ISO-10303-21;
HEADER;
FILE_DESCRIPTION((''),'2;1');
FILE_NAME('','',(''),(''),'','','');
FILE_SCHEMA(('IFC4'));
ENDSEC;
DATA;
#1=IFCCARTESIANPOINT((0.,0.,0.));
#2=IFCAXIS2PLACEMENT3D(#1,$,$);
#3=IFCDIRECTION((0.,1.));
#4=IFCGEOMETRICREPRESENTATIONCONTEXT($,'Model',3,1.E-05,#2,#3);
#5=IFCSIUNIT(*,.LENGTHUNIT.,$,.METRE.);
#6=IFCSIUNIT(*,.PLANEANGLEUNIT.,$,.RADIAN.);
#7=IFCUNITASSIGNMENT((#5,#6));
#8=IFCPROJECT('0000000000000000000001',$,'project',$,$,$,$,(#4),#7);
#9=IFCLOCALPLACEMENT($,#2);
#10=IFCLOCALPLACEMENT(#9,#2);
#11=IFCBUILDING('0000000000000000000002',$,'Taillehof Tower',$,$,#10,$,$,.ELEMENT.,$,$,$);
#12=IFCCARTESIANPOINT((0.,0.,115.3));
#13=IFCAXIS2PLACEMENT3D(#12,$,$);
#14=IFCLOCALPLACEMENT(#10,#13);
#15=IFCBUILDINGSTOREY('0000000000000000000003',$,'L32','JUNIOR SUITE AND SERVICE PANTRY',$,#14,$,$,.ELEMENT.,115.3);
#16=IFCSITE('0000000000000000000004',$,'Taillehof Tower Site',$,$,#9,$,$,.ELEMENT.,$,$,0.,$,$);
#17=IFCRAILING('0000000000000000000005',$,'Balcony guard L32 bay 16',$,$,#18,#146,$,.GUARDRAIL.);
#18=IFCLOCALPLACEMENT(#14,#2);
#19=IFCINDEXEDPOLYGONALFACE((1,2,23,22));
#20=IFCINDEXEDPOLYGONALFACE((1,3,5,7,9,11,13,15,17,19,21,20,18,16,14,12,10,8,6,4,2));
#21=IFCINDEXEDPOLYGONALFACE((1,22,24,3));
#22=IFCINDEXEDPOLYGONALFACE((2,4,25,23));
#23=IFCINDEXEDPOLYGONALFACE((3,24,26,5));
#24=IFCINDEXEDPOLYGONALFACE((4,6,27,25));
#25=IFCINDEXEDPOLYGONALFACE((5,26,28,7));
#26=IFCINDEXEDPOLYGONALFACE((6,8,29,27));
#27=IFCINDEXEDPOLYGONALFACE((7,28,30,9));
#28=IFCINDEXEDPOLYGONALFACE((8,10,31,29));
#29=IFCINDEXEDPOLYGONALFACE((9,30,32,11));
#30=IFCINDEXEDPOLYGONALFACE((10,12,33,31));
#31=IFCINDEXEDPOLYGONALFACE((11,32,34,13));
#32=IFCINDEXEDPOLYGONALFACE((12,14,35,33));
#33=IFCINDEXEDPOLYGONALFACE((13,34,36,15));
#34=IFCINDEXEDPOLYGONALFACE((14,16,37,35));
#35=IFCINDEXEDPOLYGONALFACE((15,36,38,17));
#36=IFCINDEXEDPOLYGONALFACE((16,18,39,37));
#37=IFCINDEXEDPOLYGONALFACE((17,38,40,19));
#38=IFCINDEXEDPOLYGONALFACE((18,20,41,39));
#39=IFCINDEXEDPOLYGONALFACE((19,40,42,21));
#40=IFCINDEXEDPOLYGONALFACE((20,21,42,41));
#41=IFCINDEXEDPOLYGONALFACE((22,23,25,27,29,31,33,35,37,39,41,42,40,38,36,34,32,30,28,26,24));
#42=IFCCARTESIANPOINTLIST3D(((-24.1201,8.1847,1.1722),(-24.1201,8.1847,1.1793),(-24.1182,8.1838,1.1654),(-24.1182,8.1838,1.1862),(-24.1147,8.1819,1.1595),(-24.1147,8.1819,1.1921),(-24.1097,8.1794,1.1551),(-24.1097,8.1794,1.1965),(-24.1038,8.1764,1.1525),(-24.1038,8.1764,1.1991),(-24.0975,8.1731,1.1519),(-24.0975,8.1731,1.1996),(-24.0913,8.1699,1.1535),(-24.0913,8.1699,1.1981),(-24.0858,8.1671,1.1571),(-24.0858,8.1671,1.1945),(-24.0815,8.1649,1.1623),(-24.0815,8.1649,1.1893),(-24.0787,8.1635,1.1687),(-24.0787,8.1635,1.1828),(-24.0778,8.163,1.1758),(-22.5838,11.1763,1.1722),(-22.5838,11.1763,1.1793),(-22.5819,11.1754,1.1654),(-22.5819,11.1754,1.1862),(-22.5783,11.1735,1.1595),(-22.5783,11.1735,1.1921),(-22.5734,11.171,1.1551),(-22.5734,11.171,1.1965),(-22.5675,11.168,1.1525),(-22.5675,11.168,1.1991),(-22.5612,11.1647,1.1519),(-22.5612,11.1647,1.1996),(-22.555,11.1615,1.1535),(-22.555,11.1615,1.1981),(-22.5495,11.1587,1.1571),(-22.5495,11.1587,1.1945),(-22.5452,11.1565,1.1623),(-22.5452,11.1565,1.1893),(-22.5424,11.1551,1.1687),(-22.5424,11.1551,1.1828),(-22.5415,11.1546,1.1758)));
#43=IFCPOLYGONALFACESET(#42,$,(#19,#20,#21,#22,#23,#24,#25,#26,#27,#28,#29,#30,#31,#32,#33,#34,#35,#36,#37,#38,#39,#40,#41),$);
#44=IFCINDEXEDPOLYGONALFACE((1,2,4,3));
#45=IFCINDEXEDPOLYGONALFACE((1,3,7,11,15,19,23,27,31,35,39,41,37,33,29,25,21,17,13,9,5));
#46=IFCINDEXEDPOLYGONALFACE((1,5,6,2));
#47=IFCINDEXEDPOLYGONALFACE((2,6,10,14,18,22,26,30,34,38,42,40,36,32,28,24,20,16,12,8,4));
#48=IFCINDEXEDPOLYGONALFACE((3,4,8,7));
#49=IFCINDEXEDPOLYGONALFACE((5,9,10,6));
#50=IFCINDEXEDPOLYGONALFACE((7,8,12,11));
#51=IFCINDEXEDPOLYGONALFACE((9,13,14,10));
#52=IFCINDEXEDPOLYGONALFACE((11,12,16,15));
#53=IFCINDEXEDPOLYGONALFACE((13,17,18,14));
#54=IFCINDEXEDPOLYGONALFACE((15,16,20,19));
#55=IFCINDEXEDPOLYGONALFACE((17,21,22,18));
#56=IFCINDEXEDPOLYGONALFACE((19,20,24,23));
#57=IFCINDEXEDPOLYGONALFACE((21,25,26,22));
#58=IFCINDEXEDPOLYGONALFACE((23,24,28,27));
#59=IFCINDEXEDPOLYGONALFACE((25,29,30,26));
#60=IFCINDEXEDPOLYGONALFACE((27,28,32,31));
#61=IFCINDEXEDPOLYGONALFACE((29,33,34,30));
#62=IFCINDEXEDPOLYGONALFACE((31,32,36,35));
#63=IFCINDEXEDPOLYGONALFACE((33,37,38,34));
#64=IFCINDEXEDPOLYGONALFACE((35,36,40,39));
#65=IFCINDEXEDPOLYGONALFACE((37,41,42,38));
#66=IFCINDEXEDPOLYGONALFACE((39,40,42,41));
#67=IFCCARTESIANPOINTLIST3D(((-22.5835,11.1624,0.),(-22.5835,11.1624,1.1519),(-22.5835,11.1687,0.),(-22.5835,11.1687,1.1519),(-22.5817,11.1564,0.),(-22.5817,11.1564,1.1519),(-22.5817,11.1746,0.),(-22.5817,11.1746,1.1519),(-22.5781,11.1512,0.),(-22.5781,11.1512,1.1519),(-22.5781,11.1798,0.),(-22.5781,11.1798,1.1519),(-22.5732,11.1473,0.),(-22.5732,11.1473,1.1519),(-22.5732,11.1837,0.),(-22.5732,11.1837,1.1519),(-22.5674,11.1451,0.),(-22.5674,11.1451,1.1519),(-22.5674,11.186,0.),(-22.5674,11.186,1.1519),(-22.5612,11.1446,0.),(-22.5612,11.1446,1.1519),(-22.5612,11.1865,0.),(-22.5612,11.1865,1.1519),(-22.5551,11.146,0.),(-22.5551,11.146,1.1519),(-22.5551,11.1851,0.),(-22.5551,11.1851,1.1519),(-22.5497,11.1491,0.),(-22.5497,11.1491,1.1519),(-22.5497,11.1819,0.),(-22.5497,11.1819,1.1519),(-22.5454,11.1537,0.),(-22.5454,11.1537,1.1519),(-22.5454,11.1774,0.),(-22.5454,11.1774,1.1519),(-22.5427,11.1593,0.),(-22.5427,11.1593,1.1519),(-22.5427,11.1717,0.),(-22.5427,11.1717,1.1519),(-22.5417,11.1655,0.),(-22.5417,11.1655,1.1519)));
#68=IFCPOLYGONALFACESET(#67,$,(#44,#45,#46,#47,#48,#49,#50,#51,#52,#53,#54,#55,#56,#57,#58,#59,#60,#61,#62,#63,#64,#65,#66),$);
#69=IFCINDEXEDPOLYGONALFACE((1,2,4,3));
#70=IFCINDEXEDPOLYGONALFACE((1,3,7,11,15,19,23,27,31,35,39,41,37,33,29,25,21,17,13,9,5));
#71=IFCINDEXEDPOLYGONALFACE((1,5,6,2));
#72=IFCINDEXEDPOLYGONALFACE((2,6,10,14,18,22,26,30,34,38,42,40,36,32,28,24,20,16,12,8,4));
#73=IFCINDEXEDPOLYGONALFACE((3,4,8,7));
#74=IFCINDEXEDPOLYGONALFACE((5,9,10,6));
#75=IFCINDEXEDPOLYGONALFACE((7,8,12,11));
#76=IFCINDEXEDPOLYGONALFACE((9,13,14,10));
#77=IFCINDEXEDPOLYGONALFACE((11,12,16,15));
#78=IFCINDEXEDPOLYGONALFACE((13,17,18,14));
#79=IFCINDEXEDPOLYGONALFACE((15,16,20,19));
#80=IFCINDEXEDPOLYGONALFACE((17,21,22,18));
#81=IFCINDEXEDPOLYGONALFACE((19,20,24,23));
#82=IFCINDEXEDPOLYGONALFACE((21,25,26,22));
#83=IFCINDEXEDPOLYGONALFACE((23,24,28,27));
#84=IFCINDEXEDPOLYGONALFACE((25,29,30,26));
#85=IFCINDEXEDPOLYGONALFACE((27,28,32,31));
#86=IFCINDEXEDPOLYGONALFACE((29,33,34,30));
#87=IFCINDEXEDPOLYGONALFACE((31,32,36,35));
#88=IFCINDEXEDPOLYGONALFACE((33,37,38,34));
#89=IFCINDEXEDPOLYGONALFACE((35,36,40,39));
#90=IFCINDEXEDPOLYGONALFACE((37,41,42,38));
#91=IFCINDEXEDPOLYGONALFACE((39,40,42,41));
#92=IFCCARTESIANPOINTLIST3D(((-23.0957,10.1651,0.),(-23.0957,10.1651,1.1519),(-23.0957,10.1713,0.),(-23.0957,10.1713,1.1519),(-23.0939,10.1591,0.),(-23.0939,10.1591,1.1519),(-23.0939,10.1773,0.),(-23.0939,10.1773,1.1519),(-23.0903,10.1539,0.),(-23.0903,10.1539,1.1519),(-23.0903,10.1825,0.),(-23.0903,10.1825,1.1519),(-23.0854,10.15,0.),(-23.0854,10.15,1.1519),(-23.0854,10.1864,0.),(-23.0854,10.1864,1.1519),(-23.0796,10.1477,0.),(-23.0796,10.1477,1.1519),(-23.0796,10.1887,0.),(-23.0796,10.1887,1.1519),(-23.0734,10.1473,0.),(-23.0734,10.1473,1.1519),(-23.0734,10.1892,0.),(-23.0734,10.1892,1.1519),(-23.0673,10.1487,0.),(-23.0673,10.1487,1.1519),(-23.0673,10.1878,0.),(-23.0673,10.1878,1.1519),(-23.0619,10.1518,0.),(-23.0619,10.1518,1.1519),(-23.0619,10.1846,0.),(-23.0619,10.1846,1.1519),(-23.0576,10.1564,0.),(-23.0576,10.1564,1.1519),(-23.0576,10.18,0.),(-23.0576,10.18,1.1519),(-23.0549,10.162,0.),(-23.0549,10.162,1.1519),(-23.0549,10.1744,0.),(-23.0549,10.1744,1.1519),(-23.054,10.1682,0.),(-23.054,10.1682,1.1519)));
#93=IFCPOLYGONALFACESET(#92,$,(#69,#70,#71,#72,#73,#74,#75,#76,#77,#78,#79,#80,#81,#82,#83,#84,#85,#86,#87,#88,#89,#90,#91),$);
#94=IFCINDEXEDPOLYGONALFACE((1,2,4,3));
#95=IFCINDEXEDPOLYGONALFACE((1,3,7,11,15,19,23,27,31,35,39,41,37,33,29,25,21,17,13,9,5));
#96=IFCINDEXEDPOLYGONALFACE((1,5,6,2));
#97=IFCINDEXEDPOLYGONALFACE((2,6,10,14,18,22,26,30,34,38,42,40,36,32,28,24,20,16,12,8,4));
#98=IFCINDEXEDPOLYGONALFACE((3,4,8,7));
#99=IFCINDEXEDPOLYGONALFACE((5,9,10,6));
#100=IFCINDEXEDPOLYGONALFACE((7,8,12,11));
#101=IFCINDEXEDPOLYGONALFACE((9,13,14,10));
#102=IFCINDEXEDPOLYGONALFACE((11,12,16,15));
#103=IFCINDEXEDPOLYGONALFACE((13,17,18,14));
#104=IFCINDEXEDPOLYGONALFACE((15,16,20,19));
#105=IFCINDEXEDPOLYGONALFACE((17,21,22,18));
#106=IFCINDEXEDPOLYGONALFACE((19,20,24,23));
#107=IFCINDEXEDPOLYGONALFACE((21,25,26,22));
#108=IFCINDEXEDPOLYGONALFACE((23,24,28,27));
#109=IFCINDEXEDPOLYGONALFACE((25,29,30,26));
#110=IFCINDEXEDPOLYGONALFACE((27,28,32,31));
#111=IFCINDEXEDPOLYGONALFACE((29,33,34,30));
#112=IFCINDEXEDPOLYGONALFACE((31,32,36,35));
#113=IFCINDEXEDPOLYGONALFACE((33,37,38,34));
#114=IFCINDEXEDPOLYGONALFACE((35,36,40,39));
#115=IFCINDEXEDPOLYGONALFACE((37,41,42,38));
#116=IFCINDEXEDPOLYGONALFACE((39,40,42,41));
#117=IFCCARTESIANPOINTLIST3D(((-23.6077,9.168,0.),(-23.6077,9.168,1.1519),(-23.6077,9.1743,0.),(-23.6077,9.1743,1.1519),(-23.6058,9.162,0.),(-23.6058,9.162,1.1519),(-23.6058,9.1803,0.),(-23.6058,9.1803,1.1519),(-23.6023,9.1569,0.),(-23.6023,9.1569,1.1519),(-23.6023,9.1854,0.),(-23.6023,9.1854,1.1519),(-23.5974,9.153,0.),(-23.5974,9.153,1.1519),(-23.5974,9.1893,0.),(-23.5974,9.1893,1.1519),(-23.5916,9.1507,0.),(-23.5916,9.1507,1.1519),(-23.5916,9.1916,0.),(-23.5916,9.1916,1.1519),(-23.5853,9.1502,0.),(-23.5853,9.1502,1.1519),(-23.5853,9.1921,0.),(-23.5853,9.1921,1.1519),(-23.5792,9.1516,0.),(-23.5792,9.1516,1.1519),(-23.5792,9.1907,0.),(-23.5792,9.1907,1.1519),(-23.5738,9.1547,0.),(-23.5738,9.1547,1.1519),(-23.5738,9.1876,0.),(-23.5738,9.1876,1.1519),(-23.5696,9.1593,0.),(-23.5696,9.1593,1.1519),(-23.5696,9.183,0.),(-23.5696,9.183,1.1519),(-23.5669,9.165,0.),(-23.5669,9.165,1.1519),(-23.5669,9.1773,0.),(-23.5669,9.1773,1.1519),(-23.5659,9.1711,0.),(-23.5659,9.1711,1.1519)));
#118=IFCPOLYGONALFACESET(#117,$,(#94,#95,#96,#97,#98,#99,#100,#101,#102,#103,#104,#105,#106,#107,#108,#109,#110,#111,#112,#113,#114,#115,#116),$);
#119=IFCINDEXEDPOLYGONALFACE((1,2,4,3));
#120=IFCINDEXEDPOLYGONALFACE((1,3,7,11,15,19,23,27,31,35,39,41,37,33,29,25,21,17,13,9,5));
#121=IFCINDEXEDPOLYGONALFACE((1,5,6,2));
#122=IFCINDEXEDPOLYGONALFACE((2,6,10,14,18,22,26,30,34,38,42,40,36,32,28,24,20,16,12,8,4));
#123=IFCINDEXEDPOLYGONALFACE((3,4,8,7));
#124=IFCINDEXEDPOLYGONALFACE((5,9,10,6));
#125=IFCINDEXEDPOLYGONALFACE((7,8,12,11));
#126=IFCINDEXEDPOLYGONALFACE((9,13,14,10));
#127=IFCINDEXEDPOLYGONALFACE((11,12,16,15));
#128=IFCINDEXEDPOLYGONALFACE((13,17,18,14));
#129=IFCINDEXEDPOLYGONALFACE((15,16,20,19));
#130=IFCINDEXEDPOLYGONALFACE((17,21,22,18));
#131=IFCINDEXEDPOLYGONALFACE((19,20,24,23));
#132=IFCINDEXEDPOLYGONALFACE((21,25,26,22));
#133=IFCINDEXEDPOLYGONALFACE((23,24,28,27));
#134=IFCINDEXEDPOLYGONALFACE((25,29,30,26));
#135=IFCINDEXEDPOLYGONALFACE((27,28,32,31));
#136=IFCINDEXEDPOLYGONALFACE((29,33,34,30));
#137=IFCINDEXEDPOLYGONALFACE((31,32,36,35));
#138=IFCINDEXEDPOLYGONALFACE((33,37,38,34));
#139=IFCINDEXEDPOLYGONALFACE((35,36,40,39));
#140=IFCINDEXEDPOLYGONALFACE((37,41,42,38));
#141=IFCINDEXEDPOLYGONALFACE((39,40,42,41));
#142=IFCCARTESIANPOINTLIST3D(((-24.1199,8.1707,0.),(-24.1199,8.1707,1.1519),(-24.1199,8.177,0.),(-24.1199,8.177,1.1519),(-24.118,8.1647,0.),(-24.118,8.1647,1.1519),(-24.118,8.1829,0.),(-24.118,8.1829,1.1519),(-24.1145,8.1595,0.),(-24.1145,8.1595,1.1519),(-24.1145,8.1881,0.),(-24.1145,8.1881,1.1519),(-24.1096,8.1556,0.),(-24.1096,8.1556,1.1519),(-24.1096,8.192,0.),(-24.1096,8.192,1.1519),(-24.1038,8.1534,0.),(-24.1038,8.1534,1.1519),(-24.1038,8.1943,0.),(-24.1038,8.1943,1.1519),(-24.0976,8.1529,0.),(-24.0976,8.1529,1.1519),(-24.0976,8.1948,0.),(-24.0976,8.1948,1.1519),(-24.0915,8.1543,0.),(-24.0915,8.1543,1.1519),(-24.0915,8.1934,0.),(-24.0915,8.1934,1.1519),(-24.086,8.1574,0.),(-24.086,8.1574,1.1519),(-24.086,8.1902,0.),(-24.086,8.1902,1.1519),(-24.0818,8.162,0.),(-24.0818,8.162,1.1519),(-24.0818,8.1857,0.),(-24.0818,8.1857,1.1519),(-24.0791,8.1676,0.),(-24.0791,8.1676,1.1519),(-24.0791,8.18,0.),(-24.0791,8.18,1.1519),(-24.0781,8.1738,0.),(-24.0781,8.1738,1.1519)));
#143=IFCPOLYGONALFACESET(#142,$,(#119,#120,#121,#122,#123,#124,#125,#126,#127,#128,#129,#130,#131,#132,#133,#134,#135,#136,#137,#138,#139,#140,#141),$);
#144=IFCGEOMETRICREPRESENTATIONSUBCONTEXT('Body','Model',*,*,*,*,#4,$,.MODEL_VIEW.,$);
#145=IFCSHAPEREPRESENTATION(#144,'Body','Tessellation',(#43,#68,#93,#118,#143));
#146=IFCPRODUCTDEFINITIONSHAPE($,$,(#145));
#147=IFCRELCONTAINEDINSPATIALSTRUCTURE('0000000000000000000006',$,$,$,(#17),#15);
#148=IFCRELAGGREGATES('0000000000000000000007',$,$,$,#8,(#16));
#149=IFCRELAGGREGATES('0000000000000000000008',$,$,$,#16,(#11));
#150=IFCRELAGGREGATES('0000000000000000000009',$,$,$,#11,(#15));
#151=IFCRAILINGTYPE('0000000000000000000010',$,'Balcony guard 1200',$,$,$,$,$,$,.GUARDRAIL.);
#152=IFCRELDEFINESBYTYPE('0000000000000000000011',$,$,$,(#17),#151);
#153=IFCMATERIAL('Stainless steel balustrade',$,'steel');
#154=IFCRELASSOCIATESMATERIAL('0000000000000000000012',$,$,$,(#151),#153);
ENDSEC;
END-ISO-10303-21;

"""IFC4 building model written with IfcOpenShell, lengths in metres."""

from ifc_helpers import new_model, si_unit, direction, frame, origin, origin_2d, place, context, subcontext, project, spatial, circle, extrude, material, type_object, element, save


model = new_model("IFC4")

# Units and contexts
model_context = context("Model", 3, precision=1e-05, world=origin(), true_north=direction((0.0, 1.0)))
body_context = subcontext(model_context, "Body", "Model", "MODEL_VIEW")
ifc_project = project(units=[si_unit("LENGTHUNIT", "METRE"), si_unit("PLANEANGLEUNIT", "RADIAN")], contexts=[model_context])

# Site, building, storey
site_placement = place(None, origin())
site = spatial("IfcSite", under=ifc_project, at=site_placement, Name="Taillehof Tower Site", CompositionType="ELEMENT", RefElevation=0.0)
building_placement = place(site_placement, origin())
building = spatial("IfcBuilding", under=site, at=building_placement, Name="Taillehof Tower", CompositionType="ELEMENT")
storey_placement = place(building_placement, frame((0.0, 0.0, 115.3)))
storey = spatial("IfcBuildingStorey", under=building, at=storey_placement, Name="L32", Description="JUNIOR SUITE AND SERVICE PANTRY", CompositionType="ELEMENT", Elevation=115.3)

# Railing
ifc_material_1 = material(Name="Stainless steel balustrade", Category="steel")
railing_type_1 = type_object("IfcRailingType", Name="Balcony guard 1200", PredefinedType="GUARDRAIL", material=ifc_material_1)
railing_1_placement = place(storey_placement, frame((-22.5627, 11.1655, 0.0)))
element("IfcRailing", 1, at=railing_1_placement, inside=storey, type_object=railing_type_1, Name="Balcony guard L32 bay 16", PredefinedType="GUARDRAIL", context=body_context, shape_type="SweptSolid", body=[
    extrude(circle(Radius=0.0239, at=origin_2d()), frame((0.0, 0.0, 1.1758), z_axis=(-0.456828, -0.889555, 0.0), x_axis=(0.889555, -0.456828, 0.0)), (0.0, 0.0, 1.0), 3.363),
    extrude(circle(Radius=0.021, at=origin_2d()), origin(), (0.0, 0.0, 1.0), 1.1519),
    extrude(circle(Radius=0.021, at=origin_2d()), frame((-0.5122, -0.9973, 0.0)), (0.0, 0.0, 1.0), 1.1519),
    extrude(circle(Radius=0.021, at=origin_2d()), frame((-1.0242, -1.9944, 0.0)), (0.0, 0.0, 1.0), 1.1519),
    extrude(circle(Radius=0.021, at=origin_2d()), frame((-1.5364, -2.9917, 0.0)), (0.0, 0.0, 1.0), 1.1519),
])

save(model, "model.ifc")
